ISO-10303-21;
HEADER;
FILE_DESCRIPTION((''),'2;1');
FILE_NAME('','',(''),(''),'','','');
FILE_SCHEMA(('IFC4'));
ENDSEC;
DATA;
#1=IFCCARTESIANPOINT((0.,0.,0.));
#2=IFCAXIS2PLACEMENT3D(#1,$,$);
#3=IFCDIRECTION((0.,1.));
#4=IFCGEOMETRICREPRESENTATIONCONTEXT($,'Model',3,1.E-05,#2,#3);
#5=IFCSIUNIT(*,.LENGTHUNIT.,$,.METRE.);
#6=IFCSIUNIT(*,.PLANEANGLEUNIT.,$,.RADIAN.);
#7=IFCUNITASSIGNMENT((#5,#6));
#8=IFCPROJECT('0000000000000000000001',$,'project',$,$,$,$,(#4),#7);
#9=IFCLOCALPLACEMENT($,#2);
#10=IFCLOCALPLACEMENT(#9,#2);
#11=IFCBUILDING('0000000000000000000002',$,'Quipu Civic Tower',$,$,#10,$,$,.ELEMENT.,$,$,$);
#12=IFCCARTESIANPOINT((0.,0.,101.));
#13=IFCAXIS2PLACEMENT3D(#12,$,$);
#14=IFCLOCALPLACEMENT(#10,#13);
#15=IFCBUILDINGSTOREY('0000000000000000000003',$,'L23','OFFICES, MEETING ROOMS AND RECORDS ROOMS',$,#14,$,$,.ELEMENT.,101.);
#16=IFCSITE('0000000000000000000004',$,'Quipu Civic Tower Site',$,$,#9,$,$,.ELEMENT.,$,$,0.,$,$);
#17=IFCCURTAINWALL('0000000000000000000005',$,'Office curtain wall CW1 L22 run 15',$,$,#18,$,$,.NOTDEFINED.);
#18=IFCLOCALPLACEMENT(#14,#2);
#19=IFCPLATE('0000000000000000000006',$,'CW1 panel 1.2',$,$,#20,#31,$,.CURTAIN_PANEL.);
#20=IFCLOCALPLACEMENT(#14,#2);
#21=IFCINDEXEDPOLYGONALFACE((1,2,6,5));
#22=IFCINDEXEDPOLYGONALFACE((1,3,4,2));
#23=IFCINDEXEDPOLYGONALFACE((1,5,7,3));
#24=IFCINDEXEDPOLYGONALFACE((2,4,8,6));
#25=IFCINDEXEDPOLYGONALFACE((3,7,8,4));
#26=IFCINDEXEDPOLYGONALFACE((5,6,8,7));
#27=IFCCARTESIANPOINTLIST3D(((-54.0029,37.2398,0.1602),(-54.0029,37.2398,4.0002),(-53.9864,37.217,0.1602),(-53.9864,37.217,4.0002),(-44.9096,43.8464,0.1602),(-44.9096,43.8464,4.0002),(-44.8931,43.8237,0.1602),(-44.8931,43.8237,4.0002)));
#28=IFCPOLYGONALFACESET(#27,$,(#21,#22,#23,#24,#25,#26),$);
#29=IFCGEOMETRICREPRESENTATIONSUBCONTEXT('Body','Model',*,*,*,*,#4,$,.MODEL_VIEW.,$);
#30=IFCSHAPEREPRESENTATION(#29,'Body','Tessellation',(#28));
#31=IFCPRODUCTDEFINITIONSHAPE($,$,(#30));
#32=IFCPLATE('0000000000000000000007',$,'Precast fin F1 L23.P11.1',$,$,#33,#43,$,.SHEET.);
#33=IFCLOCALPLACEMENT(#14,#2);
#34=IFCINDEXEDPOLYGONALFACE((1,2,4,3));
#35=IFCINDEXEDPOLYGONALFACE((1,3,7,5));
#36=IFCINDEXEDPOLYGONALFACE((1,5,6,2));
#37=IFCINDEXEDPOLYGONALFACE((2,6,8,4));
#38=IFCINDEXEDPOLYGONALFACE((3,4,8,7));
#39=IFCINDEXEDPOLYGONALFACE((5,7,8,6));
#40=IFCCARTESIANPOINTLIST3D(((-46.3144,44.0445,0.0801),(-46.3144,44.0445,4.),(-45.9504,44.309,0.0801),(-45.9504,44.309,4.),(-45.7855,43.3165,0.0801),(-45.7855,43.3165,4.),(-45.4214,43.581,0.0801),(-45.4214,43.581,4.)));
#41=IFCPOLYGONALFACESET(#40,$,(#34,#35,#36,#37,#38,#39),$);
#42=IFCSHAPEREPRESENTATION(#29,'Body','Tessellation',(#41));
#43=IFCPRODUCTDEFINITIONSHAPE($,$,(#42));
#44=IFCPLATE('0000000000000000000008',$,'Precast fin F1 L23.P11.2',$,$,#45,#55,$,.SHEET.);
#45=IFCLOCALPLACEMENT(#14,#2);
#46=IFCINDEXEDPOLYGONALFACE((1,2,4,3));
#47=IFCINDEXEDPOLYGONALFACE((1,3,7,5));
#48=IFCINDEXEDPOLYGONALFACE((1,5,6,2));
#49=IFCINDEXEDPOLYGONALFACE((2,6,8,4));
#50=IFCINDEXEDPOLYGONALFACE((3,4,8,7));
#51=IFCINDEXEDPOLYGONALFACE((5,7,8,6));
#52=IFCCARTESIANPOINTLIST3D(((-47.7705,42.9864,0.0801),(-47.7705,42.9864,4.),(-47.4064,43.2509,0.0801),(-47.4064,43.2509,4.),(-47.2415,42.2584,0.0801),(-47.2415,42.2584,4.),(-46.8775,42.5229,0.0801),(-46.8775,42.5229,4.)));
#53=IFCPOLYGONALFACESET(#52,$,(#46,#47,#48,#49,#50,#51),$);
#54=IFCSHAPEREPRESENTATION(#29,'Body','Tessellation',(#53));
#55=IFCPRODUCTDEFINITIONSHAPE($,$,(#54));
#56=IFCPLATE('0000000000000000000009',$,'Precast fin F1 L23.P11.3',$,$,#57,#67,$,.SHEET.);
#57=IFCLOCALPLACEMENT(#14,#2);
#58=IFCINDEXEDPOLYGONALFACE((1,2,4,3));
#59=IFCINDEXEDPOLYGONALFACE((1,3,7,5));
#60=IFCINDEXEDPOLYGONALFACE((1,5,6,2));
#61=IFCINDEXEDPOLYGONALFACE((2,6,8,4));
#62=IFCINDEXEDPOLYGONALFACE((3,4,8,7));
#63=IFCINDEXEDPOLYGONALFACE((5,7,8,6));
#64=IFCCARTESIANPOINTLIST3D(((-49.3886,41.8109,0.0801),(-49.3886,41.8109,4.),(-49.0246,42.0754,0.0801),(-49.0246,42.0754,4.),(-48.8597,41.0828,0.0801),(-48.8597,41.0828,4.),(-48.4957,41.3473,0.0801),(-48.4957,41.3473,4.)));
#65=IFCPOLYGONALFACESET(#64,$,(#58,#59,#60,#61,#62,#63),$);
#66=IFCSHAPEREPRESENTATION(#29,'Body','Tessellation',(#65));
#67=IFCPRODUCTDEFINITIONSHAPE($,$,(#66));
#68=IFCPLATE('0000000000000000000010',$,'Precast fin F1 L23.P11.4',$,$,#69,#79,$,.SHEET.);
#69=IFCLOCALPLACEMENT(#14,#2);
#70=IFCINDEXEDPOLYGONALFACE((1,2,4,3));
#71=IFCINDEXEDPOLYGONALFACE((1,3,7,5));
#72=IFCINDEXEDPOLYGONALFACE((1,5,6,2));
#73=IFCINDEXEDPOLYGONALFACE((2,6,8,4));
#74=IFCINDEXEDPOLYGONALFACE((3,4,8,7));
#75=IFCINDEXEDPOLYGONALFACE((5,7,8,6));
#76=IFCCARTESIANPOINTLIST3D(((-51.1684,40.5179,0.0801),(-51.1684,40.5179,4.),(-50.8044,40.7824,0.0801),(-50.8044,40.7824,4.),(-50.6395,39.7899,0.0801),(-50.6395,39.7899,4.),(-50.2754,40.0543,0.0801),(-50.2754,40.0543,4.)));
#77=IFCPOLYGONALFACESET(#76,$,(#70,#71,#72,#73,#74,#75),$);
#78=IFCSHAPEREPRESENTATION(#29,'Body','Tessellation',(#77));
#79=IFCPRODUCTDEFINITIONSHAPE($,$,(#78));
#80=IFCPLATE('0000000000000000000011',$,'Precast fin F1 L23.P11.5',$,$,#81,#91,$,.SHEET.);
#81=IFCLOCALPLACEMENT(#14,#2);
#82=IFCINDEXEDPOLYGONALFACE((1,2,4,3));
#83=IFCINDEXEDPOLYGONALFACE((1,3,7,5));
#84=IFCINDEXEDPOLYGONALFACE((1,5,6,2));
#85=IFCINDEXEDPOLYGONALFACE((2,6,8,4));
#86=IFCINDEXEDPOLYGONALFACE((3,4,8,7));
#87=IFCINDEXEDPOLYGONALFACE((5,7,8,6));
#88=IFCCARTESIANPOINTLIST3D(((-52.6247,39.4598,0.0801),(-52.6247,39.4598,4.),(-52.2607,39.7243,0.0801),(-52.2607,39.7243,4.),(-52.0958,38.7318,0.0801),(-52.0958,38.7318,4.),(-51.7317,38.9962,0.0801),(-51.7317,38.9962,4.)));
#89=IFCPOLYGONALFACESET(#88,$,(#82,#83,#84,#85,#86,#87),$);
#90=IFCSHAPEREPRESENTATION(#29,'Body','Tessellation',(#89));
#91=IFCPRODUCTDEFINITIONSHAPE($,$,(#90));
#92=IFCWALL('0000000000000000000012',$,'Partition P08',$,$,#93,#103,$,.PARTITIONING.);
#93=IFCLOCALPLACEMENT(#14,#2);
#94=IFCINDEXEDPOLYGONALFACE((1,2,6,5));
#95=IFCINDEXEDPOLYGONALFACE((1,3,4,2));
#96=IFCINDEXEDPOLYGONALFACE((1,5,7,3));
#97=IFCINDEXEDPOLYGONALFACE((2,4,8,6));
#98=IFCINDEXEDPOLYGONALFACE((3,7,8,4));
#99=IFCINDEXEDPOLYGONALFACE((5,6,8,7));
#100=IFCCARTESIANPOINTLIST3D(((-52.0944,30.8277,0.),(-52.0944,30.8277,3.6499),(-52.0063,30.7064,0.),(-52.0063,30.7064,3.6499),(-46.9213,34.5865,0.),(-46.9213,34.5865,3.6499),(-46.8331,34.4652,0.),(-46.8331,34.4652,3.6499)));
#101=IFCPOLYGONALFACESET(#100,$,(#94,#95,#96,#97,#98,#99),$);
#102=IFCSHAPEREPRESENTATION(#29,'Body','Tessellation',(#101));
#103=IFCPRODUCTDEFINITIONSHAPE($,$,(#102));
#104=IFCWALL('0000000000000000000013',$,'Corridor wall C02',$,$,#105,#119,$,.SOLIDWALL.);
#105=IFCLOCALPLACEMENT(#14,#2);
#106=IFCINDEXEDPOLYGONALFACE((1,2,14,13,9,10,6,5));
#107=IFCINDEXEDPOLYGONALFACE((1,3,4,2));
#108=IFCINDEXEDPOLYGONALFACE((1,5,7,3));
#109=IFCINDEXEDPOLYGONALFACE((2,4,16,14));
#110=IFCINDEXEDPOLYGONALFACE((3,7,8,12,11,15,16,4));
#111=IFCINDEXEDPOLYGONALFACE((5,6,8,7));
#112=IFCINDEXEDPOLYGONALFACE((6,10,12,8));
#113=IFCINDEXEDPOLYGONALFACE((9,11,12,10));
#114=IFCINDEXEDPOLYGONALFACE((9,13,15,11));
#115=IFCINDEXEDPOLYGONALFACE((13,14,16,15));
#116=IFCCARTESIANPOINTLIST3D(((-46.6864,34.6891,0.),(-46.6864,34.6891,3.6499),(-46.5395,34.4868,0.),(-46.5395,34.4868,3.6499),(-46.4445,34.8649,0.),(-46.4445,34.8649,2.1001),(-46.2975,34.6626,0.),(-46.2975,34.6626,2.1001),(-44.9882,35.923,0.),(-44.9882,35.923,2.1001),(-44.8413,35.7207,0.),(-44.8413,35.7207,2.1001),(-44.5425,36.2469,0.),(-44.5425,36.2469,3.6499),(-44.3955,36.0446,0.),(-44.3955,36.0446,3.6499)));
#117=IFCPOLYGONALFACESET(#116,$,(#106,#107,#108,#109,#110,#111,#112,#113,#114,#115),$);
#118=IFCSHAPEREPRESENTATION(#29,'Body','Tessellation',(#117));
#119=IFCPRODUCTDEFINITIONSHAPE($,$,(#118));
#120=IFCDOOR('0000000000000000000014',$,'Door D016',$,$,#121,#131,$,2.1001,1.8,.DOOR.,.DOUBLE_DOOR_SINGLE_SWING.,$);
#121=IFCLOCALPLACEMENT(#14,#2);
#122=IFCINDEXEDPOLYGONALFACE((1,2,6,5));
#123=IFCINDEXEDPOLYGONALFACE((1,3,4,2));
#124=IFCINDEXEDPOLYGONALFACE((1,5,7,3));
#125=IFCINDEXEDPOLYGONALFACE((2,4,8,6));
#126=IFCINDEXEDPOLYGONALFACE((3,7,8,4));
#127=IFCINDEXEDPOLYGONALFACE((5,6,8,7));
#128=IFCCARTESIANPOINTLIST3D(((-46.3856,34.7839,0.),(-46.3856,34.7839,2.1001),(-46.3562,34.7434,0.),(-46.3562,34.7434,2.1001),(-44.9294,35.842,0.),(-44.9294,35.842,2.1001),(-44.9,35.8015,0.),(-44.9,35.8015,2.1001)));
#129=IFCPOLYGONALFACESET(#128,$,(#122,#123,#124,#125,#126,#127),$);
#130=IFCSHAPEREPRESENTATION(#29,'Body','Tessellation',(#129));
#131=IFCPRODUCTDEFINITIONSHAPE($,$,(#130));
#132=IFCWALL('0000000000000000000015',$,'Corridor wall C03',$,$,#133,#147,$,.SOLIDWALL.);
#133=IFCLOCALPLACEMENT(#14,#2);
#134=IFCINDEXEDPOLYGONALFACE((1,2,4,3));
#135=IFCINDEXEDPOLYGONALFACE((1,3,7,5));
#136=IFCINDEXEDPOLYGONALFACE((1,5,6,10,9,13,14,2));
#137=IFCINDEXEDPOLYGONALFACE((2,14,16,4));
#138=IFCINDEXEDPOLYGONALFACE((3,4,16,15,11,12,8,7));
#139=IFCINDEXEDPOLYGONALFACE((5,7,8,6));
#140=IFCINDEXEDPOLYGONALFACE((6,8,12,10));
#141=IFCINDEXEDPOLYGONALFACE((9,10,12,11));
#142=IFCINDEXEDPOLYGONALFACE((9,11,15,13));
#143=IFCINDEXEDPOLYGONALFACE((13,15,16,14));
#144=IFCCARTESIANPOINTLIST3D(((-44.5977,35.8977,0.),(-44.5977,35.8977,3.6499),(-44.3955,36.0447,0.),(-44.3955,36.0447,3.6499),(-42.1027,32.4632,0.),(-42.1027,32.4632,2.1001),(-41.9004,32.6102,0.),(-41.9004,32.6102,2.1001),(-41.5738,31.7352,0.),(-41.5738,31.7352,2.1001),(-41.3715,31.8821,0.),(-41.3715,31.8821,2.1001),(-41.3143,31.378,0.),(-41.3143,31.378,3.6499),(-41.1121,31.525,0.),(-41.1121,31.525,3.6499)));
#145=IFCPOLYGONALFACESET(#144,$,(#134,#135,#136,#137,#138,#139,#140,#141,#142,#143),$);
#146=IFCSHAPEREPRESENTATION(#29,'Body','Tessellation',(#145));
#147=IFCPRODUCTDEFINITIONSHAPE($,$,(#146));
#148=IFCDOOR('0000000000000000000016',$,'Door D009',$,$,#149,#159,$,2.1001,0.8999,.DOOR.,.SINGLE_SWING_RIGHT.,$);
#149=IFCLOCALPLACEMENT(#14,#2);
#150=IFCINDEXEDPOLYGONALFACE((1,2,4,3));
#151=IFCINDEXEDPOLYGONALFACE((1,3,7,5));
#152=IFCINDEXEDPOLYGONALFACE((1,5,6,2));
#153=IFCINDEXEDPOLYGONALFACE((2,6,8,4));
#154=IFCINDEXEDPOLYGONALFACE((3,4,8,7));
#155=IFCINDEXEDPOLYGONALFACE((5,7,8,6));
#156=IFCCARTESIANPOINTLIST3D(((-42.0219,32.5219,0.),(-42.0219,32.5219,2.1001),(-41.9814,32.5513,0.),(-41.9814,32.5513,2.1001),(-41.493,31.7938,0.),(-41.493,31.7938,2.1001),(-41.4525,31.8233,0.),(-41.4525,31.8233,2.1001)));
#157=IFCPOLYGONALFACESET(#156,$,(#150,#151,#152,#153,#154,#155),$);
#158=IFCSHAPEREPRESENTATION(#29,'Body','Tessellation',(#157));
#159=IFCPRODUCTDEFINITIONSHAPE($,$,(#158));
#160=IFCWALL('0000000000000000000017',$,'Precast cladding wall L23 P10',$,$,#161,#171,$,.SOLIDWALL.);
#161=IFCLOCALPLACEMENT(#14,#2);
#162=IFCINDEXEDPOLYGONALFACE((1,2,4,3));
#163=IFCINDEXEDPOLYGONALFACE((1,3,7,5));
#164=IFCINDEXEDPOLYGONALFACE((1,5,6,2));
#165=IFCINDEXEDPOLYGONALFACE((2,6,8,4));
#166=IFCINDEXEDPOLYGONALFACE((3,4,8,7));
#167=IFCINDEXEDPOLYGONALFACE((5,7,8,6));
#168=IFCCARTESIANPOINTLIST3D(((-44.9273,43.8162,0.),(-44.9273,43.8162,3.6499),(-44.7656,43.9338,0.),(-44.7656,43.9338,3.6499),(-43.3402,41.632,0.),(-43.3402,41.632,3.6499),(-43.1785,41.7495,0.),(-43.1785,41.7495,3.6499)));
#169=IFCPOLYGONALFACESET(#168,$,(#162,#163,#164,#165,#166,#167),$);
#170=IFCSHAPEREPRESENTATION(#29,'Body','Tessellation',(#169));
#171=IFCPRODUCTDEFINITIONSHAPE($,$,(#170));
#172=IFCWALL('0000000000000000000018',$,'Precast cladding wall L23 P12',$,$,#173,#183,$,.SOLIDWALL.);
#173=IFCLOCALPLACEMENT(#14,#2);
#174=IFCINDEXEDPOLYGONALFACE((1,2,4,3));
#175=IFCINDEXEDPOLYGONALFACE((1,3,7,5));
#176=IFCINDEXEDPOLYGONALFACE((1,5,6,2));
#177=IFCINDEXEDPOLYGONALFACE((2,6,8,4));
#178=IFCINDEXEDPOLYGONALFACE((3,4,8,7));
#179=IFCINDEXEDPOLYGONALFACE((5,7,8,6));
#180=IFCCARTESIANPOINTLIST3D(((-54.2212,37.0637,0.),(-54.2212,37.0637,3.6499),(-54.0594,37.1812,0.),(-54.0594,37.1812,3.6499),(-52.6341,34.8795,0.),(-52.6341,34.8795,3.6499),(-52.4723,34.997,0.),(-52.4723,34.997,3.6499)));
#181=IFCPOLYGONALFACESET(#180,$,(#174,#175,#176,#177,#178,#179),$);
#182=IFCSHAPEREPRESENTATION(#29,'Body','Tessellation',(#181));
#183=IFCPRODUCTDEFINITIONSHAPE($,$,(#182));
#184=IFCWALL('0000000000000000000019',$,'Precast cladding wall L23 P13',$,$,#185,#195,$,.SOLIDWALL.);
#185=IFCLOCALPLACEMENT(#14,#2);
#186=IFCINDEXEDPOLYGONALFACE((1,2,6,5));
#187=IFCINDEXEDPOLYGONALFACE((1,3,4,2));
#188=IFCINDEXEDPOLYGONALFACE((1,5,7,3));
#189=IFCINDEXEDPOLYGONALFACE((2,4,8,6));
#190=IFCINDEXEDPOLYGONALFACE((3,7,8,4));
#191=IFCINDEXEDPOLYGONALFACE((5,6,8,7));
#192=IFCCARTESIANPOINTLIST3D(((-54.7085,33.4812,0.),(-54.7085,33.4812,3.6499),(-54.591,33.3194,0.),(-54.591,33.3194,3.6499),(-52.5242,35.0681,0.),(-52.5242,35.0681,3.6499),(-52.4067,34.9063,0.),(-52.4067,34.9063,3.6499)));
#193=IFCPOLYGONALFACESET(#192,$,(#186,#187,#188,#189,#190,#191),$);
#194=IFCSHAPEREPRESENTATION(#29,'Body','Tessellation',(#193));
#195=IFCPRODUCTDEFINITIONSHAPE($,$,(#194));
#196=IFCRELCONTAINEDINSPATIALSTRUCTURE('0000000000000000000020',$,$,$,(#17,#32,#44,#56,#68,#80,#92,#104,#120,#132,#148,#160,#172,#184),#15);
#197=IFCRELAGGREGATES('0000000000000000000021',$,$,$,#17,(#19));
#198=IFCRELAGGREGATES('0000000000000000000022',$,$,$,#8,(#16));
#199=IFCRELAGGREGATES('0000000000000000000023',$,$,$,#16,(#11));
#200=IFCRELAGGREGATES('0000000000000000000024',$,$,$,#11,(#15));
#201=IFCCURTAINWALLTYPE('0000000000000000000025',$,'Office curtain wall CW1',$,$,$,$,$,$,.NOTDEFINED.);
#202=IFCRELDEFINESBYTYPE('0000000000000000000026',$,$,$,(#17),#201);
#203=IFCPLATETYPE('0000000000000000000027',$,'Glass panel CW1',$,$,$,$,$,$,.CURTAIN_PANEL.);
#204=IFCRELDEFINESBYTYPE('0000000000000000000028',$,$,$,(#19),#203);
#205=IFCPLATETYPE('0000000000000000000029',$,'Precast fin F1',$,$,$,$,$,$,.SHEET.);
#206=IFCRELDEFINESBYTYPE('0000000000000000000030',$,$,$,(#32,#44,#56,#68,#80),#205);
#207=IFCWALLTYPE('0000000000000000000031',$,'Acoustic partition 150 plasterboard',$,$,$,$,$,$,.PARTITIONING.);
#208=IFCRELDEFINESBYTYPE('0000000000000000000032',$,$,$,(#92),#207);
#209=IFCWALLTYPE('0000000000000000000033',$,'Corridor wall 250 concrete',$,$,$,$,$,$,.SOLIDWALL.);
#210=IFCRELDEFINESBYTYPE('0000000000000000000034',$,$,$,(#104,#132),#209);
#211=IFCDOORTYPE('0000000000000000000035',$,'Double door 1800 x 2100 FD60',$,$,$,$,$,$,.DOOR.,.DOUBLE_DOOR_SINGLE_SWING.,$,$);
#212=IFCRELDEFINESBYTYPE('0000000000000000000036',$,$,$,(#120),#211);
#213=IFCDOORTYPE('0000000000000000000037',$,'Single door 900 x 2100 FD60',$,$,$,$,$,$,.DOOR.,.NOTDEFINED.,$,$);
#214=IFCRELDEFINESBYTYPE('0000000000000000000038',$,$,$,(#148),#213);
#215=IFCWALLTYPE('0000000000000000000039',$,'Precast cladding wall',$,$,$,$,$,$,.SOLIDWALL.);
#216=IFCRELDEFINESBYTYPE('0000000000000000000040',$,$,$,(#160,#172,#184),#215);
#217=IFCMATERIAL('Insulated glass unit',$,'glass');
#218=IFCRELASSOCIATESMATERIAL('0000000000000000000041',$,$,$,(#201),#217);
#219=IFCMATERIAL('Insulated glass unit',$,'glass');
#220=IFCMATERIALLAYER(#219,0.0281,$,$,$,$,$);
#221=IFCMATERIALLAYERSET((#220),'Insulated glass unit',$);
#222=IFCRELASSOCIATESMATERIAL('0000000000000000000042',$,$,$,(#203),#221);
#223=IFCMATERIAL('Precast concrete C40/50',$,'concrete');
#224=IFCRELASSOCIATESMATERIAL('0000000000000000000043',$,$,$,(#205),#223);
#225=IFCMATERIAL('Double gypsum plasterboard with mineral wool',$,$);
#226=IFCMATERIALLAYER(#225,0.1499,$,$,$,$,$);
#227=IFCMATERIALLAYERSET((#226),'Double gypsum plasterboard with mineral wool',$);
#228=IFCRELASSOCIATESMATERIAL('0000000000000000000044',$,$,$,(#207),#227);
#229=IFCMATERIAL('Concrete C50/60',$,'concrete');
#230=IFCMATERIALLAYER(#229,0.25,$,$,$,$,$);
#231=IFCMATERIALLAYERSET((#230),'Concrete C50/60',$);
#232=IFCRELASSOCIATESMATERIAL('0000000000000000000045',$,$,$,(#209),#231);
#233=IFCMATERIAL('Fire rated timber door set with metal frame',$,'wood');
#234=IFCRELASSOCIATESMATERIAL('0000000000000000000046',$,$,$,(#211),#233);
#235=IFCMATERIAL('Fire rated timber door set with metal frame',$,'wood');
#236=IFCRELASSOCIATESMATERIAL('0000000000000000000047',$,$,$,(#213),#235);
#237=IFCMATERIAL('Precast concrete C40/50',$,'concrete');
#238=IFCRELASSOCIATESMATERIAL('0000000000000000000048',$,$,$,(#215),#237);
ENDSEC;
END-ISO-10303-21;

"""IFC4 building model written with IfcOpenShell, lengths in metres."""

from ifc_helpers import new_model, si_unit, direction, frame, frame_2d, origin, origin_2d, place, context, subcontext, project, spatial, rectangle, extrude, material, layer, layer_set, type_object, element, fill, aggregate, save


model = new_model("IFC4")

# Units and contexts
model_context = context("Model", 3, precision=1e-05, world=origin(), true_north=direction((0.0, 1.0)))
body_context = subcontext(model_context, "Body", "Model", "MODEL_VIEW")
ifc_project = project(units=[si_unit("LENGTHUNIT", "METRE"), si_unit("PLANEANGLEUNIT", "RADIAN")], contexts=[model_context])

# Site, building, storey
site_placement = place(None, origin())
site = spatial("IfcSite", under=ifc_project, at=site_placement, Name="Quipu Civic Tower Site", CompositionType="ELEMENT", RefElevation=0.0)
building_placement = place(site_placement, origin())
building = spatial("IfcBuilding", under=site, at=building_placement, Name="Quipu Civic Tower", CompositionType="ELEMENT")
storey_placement = place(building_placement, frame((0.0, 0.0, 101.0)))
storey = spatial("IfcBuildingStorey", under=building, at=storey_placement, Name="L23", Description="OFFICES, MEETING ROOMS AND RECORDS ROOMS", CompositionType="ELEMENT", Elevation=101.0)

# Curtain wall
ifc_material_1 = material(Name="Insulated glass unit", Category="glass")
curtain_wall_type = type_object("IfcCurtainWallType", Name="Office curtain wall CW1", PredefinedType="NOTDEFINED", material=ifc_material_1)
curtain_wall_placement = place(storey_placement, origin())
curtain_wall = element("IfcCurtainWall", 1, at=curtain_wall_placement, inside=storey, type_object=curtain_wall_type, Name="Office curtain wall CW1 L22 run 15", PredefinedType="NOTDEFINED")

# Plate
ifc_material_2 = material(Name="Insulated glass unit", Category="glass")
ifc_layer_1 = layer(ifc_material_2, 0.0281)
ifc_layer_set_1 = layer_set([ifc_layer_1], Name="Insulated glass unit")
plate_type_1 = type_object("IfcPlateType", Name="Glass panel CW1", PredefinedType="CURTAIN_PANEL", material=ifc_layer_set_1)
plate_placement = place(storey_placement, frame((-49.448, 40.5317, 0.1602), z_axis=(0.0, 0.0, 1.0), x_axis=(-0.809019, -0.587782, 0.0)))
plate = element("IfcPlate", 2, at=plate_placement, type_object=plate_type_1, Name="CW1 panel 1.2", PredefinedType="CURTAIN_PANEL", context=body_context, shape_type="SweptSolid", body=[
    extrude(rectangle(XDim=11.24, YDim=0.0281, at=origin_2d()), origin(), (0.0, 0.0, 1.0), 3.8401),
])
aggregate(curtain_wall, [plate])

# Plates
ifc_material_3 = material(Name="Precast concrete C40/50", Category="concrete")
plate_type_2 = type_object("IfcPlateType", Name="Precast fin F1", PredefinedType="SHEET", material=ifc_material_3)
for number, where, z_axis, x_axis, name in (
    (3, (-45.8679, 43.8127, 0.0801), (0.0, 0.0, 1.0), (-0.809021, -0.587779, 0.0), "Precast fin F1 L23.P11.1"),
    (4, (-47.324, 42.7546, 0.0801), (0.0, 0.0, 1.0), (-0.809021, -0.587779, 0.0), "Precast fin F1 L23.P11.2"),
    (5, (-48.9421, 41.5791, 0.0801), (0.0, 0.0, 1.0), (-0.809021, -0.587779, 0.0), "Precast fin F1 L23.P11.3"),
    (6, (-50.7219, 40.2861, 0.0801), (0.0, 0.0, 1.0), (-0.809021, -0.587779, 0.0), "Precast fin F1 L23.P11.4"),
    (7, (-52.1782, 39.228, 0.0801), (0.0, 0.0, 1.0), (-0.809021, -0.587779, 0.0), "Precast fin F1 L23.P11.5"),
):
    element("IfcPlate", number, at=place(storey_placement, frame(where, z_axis=z_axis, x_axis=x_axis)), inside=storey, type_object=plate_type_2, Name=name, PredefinedType="SHEET", context=body_context, shape_type="SweptSolid", body=[
        extrude(rectangle(XDim=0.45, YDim=0.8999, at=origin_2d()), origin(), (0.0, 0.0, 1.0), 3.9199),
    ])

# Wall
ifc_material_4 = material(Name="Double gypsum plasterboard with mineral wool")
ifc_layer_2 = layer(ifc_material_4, 0.1499)
ifc_layer_set_2 = layer_set([ifc_layer_2], Name="Double gypsum plasterboard with mineral wool")
wall_type_1 = type_object("IfcWallType", Name="Acoustic partition 150 plasterboard", PredefinedType="PARTITIONING", material=ifc_layer_set_2)
wall_1_placement = place(storey_placement, frame((-46.8772, 34.5259, 0.0), z_axis=(0.0, 0.0, 1.0), x_axis=(-0.808994, -0.587817, 0.0)))
element("IfcWall", 8, at=wall_1_placement, inside=storey, type_object=wall_type_1, Name="Partition P08", PredefinedType="PARTITIONING", context=body_context, shape_type="SweptSolid", body=[
    extrude(rectangle(XDim=6.3945, YDim=0.1499, at=frame_2d((3.1973, 0.0))), origin(), (0.0, 0.0, 1.0), 3.6499),
])

# Walls, openings, doors
ifc_material_5 = material(Name="Concrete C50/60", Category="concrete")
ifc_layer_3 = layer(ifc_material_5, 0.25)
ifc_layer_set_3 = layer_set([ifc_layer_3], Name="Concrete C50/60")
wall_type_2 = type_object("IfcWallType", Name="Corridor wall 250 concrete", PredefinedType="SOLIDWALL", material=ifc_layer_set_3)
wall_2_placement = place(storey_placement, frame((-46.613, 34.5879, 0.0), z_axis=(0.0, 0.0, 1.0), x_axis=(0.808995, 0.587816, 0.0)))
wall_2 = element("IfcWall", 9, at=wall_2_placement, inside=storey, type_object=wall_type_2, Name="Corridor wall C02", PredefinedType="SOLIDWALL", context=body_context, shape_type="SweptSolid", body=[
    extrude(rectangle(XDim=2.6501, YDim=0.25, at=frame_2d((1.3252, 0.0))), origin(), (0.0, 0.0, 1.0), 3.6499),
])
opening_1_placement = place(wall_2_placement, frame((0.2993, 0.0, 0.0)))
opening_1 = element("IfcOpeningElement", 10, at=opening_1_placement, cuts=wall_2, PredefinedType="OPENING", context=body_context, shape_type="SweptSolid", body=[
    extrude(rectangle(XDim=1.8, YDim=2.1001, at=frame_2d((0.8999, 1.05))), frame((0.0, 0.135, 0.0), z_axis=(0.0, -1.0, 0.0), x_axis=(1.0, 0.0, 0.0)), (0.0, 0.0, 1.0), 0.27),
])
ifc_material_6 = material(Name="Fire rated timber door set with metal frame", Category="wood")
door_type_1 = type_object("IfcDoorType", Name="Double door 1800 x 2100 FD60", OperationType="DOUBLE_DOOR_SINGLE_SWING", PredefinedType="DOOR", material=ifc_material_6)
door_1_placement = place(opening_1_placement, origin())
door_1 = element("IfcDoor", 11, at=door_1_placement, inside=storey, type_object=door_type_1, Name="Door D016", OperationType="DOUBLE_DOOR_SINGLE_SWING", OverallHeight=2.1001, OverallWidth=1.8, PredefinedType="DOOR", context=body_context, shape_type="SweptSolid", body=[
    extrude(rectangle(XDim=1.8, YDim=2.1001, at=frame_2d((0.8999, 1.05))), frame((0.0, 0.0249, 0.0), z_axis=(0.0, -1.0, 0.0), x_axis=(1.0, 0.0, 0.0)), (0.0, 0.0, 1.0), 0.05),
])
fill(opening_1, door_1)
wall_3_placement = place(storey_placement, frame((-44.4966, 35.9712, 0.0), z_axis=(0.0, 0.0, 1.0), x_axis=(0.587743, -0.809048, 0.0)))
wall_3 = element("IfcWall", 12, at=wall_3_placement, inside=storey, type_object=wall_type_2, Name="Corridor wall C03", PredefinedType="SOLIDWALL", context=body_context, shape_type="SweptSolid", body=[
    extrude(rectangle(XDim=5.5864, YDim=0.25, at=frame_2d((2.7932, 0.0))), origin(), (0.0, 0.0, 1.0), 3.6499),
])
opening_2_placement = place(wall_3_placement, frame((4.2451, 0.0, 0.0)))
opening_2 = element("IfcOpeningElement", 13, at=opening_2_placement, cuts=wall_3, PredefinedType="OPENING", context=body_context, shape_type="SweptSolid", body=[
    extrude(rectangle(XDim=0.8999, YDim=2.1001, at=frame_2d((0.45, 1.05))), frame((0.0, 0.135, 0.0), z_axis=(0.0, -1.0, 0.0), x_axis=(1.0, 0.0, 0.0)), (0.0, 0.0, 1.0), 0.27),
])
ifc_material_7 = material(Name="Fire rated timber door set with metal frame", Category="wood")
door_type_2 = type_object("IfcDoorType", Name="Single door 900 x 2100 FD60", OperationType="NOTDEFINED", PredefinedType="DOOR", material=ifc_material_7)
door_2_placement = place(opening_2_placement, origin())
door_2 = element("IfcDoor", 14, at=door_2_placement, inside=storey, type_object=door_type_2, Name="Door D009", OperationType="SINGLE_SWING_RIGHT", OverallHeight=2.1001, OverallWidth=0.8999, PredefinedType="DOOR", context=body_context, shape_type="SweptSolid", body=[
    extrude(rectangle(XDim=0.8999, YDim=2.1001, at=frame_2d((0.45, 1.05))), frame((0.0, 0.0249, 0.0), z_axis=(0.0, -1.0, 0.0), x_axis=(1.0, 0.0, 0.0)), (0.0, 0.0, 1.0), 0.05),
])
fill(opening_2, door_2)

# Walls
ifc_material_8 = material(Name="Precast concrete C40/50", Category="concrete")
wall_type_3 = type_object("IfcWallType", Name="Precast cladding wall", PredefinedType="SOLIDWALL", material=ifc_material_8)
for number, where, z_axis, x_axis, name in (
    (15, (-43.2593, 41.6907, 0.0), (0.0, 0.0, 1.0), (-0.587822, 0.80899, 0.0), "Precast cladding wall L23 P10"),
    (16, (-54.1404, 37.1226, 0.0), (0.0, 0.0, 1.0), (0.587822, -0.80899, 0.0), "Precast cladding wall L23 P12"),
    (17, (-52.4653, 34.9873, 0.0), (0.0, 0.0, 1.0), (-0.809033, -0.587763, 0.0), "Precast cladding wall L23 P13"),
):
    element("IfcWall", number, at=place(storey_placement, frame(where, z_axis=z_axis, x_axis=x_axis)), inside=storey, type_object=wall_type_3, Name=name, PredefinedType="SOLIDWALL", context=body_context, shape_type="SweptSolid", body=[
        extrude(rectangle(XDim=2.7, YDim=0.2, at=frame_2d((1.3501, 0.0))), origin(), (0.0, 0.0, 1.0), 3.6499),
    ])

save(model, "model.ifc")
